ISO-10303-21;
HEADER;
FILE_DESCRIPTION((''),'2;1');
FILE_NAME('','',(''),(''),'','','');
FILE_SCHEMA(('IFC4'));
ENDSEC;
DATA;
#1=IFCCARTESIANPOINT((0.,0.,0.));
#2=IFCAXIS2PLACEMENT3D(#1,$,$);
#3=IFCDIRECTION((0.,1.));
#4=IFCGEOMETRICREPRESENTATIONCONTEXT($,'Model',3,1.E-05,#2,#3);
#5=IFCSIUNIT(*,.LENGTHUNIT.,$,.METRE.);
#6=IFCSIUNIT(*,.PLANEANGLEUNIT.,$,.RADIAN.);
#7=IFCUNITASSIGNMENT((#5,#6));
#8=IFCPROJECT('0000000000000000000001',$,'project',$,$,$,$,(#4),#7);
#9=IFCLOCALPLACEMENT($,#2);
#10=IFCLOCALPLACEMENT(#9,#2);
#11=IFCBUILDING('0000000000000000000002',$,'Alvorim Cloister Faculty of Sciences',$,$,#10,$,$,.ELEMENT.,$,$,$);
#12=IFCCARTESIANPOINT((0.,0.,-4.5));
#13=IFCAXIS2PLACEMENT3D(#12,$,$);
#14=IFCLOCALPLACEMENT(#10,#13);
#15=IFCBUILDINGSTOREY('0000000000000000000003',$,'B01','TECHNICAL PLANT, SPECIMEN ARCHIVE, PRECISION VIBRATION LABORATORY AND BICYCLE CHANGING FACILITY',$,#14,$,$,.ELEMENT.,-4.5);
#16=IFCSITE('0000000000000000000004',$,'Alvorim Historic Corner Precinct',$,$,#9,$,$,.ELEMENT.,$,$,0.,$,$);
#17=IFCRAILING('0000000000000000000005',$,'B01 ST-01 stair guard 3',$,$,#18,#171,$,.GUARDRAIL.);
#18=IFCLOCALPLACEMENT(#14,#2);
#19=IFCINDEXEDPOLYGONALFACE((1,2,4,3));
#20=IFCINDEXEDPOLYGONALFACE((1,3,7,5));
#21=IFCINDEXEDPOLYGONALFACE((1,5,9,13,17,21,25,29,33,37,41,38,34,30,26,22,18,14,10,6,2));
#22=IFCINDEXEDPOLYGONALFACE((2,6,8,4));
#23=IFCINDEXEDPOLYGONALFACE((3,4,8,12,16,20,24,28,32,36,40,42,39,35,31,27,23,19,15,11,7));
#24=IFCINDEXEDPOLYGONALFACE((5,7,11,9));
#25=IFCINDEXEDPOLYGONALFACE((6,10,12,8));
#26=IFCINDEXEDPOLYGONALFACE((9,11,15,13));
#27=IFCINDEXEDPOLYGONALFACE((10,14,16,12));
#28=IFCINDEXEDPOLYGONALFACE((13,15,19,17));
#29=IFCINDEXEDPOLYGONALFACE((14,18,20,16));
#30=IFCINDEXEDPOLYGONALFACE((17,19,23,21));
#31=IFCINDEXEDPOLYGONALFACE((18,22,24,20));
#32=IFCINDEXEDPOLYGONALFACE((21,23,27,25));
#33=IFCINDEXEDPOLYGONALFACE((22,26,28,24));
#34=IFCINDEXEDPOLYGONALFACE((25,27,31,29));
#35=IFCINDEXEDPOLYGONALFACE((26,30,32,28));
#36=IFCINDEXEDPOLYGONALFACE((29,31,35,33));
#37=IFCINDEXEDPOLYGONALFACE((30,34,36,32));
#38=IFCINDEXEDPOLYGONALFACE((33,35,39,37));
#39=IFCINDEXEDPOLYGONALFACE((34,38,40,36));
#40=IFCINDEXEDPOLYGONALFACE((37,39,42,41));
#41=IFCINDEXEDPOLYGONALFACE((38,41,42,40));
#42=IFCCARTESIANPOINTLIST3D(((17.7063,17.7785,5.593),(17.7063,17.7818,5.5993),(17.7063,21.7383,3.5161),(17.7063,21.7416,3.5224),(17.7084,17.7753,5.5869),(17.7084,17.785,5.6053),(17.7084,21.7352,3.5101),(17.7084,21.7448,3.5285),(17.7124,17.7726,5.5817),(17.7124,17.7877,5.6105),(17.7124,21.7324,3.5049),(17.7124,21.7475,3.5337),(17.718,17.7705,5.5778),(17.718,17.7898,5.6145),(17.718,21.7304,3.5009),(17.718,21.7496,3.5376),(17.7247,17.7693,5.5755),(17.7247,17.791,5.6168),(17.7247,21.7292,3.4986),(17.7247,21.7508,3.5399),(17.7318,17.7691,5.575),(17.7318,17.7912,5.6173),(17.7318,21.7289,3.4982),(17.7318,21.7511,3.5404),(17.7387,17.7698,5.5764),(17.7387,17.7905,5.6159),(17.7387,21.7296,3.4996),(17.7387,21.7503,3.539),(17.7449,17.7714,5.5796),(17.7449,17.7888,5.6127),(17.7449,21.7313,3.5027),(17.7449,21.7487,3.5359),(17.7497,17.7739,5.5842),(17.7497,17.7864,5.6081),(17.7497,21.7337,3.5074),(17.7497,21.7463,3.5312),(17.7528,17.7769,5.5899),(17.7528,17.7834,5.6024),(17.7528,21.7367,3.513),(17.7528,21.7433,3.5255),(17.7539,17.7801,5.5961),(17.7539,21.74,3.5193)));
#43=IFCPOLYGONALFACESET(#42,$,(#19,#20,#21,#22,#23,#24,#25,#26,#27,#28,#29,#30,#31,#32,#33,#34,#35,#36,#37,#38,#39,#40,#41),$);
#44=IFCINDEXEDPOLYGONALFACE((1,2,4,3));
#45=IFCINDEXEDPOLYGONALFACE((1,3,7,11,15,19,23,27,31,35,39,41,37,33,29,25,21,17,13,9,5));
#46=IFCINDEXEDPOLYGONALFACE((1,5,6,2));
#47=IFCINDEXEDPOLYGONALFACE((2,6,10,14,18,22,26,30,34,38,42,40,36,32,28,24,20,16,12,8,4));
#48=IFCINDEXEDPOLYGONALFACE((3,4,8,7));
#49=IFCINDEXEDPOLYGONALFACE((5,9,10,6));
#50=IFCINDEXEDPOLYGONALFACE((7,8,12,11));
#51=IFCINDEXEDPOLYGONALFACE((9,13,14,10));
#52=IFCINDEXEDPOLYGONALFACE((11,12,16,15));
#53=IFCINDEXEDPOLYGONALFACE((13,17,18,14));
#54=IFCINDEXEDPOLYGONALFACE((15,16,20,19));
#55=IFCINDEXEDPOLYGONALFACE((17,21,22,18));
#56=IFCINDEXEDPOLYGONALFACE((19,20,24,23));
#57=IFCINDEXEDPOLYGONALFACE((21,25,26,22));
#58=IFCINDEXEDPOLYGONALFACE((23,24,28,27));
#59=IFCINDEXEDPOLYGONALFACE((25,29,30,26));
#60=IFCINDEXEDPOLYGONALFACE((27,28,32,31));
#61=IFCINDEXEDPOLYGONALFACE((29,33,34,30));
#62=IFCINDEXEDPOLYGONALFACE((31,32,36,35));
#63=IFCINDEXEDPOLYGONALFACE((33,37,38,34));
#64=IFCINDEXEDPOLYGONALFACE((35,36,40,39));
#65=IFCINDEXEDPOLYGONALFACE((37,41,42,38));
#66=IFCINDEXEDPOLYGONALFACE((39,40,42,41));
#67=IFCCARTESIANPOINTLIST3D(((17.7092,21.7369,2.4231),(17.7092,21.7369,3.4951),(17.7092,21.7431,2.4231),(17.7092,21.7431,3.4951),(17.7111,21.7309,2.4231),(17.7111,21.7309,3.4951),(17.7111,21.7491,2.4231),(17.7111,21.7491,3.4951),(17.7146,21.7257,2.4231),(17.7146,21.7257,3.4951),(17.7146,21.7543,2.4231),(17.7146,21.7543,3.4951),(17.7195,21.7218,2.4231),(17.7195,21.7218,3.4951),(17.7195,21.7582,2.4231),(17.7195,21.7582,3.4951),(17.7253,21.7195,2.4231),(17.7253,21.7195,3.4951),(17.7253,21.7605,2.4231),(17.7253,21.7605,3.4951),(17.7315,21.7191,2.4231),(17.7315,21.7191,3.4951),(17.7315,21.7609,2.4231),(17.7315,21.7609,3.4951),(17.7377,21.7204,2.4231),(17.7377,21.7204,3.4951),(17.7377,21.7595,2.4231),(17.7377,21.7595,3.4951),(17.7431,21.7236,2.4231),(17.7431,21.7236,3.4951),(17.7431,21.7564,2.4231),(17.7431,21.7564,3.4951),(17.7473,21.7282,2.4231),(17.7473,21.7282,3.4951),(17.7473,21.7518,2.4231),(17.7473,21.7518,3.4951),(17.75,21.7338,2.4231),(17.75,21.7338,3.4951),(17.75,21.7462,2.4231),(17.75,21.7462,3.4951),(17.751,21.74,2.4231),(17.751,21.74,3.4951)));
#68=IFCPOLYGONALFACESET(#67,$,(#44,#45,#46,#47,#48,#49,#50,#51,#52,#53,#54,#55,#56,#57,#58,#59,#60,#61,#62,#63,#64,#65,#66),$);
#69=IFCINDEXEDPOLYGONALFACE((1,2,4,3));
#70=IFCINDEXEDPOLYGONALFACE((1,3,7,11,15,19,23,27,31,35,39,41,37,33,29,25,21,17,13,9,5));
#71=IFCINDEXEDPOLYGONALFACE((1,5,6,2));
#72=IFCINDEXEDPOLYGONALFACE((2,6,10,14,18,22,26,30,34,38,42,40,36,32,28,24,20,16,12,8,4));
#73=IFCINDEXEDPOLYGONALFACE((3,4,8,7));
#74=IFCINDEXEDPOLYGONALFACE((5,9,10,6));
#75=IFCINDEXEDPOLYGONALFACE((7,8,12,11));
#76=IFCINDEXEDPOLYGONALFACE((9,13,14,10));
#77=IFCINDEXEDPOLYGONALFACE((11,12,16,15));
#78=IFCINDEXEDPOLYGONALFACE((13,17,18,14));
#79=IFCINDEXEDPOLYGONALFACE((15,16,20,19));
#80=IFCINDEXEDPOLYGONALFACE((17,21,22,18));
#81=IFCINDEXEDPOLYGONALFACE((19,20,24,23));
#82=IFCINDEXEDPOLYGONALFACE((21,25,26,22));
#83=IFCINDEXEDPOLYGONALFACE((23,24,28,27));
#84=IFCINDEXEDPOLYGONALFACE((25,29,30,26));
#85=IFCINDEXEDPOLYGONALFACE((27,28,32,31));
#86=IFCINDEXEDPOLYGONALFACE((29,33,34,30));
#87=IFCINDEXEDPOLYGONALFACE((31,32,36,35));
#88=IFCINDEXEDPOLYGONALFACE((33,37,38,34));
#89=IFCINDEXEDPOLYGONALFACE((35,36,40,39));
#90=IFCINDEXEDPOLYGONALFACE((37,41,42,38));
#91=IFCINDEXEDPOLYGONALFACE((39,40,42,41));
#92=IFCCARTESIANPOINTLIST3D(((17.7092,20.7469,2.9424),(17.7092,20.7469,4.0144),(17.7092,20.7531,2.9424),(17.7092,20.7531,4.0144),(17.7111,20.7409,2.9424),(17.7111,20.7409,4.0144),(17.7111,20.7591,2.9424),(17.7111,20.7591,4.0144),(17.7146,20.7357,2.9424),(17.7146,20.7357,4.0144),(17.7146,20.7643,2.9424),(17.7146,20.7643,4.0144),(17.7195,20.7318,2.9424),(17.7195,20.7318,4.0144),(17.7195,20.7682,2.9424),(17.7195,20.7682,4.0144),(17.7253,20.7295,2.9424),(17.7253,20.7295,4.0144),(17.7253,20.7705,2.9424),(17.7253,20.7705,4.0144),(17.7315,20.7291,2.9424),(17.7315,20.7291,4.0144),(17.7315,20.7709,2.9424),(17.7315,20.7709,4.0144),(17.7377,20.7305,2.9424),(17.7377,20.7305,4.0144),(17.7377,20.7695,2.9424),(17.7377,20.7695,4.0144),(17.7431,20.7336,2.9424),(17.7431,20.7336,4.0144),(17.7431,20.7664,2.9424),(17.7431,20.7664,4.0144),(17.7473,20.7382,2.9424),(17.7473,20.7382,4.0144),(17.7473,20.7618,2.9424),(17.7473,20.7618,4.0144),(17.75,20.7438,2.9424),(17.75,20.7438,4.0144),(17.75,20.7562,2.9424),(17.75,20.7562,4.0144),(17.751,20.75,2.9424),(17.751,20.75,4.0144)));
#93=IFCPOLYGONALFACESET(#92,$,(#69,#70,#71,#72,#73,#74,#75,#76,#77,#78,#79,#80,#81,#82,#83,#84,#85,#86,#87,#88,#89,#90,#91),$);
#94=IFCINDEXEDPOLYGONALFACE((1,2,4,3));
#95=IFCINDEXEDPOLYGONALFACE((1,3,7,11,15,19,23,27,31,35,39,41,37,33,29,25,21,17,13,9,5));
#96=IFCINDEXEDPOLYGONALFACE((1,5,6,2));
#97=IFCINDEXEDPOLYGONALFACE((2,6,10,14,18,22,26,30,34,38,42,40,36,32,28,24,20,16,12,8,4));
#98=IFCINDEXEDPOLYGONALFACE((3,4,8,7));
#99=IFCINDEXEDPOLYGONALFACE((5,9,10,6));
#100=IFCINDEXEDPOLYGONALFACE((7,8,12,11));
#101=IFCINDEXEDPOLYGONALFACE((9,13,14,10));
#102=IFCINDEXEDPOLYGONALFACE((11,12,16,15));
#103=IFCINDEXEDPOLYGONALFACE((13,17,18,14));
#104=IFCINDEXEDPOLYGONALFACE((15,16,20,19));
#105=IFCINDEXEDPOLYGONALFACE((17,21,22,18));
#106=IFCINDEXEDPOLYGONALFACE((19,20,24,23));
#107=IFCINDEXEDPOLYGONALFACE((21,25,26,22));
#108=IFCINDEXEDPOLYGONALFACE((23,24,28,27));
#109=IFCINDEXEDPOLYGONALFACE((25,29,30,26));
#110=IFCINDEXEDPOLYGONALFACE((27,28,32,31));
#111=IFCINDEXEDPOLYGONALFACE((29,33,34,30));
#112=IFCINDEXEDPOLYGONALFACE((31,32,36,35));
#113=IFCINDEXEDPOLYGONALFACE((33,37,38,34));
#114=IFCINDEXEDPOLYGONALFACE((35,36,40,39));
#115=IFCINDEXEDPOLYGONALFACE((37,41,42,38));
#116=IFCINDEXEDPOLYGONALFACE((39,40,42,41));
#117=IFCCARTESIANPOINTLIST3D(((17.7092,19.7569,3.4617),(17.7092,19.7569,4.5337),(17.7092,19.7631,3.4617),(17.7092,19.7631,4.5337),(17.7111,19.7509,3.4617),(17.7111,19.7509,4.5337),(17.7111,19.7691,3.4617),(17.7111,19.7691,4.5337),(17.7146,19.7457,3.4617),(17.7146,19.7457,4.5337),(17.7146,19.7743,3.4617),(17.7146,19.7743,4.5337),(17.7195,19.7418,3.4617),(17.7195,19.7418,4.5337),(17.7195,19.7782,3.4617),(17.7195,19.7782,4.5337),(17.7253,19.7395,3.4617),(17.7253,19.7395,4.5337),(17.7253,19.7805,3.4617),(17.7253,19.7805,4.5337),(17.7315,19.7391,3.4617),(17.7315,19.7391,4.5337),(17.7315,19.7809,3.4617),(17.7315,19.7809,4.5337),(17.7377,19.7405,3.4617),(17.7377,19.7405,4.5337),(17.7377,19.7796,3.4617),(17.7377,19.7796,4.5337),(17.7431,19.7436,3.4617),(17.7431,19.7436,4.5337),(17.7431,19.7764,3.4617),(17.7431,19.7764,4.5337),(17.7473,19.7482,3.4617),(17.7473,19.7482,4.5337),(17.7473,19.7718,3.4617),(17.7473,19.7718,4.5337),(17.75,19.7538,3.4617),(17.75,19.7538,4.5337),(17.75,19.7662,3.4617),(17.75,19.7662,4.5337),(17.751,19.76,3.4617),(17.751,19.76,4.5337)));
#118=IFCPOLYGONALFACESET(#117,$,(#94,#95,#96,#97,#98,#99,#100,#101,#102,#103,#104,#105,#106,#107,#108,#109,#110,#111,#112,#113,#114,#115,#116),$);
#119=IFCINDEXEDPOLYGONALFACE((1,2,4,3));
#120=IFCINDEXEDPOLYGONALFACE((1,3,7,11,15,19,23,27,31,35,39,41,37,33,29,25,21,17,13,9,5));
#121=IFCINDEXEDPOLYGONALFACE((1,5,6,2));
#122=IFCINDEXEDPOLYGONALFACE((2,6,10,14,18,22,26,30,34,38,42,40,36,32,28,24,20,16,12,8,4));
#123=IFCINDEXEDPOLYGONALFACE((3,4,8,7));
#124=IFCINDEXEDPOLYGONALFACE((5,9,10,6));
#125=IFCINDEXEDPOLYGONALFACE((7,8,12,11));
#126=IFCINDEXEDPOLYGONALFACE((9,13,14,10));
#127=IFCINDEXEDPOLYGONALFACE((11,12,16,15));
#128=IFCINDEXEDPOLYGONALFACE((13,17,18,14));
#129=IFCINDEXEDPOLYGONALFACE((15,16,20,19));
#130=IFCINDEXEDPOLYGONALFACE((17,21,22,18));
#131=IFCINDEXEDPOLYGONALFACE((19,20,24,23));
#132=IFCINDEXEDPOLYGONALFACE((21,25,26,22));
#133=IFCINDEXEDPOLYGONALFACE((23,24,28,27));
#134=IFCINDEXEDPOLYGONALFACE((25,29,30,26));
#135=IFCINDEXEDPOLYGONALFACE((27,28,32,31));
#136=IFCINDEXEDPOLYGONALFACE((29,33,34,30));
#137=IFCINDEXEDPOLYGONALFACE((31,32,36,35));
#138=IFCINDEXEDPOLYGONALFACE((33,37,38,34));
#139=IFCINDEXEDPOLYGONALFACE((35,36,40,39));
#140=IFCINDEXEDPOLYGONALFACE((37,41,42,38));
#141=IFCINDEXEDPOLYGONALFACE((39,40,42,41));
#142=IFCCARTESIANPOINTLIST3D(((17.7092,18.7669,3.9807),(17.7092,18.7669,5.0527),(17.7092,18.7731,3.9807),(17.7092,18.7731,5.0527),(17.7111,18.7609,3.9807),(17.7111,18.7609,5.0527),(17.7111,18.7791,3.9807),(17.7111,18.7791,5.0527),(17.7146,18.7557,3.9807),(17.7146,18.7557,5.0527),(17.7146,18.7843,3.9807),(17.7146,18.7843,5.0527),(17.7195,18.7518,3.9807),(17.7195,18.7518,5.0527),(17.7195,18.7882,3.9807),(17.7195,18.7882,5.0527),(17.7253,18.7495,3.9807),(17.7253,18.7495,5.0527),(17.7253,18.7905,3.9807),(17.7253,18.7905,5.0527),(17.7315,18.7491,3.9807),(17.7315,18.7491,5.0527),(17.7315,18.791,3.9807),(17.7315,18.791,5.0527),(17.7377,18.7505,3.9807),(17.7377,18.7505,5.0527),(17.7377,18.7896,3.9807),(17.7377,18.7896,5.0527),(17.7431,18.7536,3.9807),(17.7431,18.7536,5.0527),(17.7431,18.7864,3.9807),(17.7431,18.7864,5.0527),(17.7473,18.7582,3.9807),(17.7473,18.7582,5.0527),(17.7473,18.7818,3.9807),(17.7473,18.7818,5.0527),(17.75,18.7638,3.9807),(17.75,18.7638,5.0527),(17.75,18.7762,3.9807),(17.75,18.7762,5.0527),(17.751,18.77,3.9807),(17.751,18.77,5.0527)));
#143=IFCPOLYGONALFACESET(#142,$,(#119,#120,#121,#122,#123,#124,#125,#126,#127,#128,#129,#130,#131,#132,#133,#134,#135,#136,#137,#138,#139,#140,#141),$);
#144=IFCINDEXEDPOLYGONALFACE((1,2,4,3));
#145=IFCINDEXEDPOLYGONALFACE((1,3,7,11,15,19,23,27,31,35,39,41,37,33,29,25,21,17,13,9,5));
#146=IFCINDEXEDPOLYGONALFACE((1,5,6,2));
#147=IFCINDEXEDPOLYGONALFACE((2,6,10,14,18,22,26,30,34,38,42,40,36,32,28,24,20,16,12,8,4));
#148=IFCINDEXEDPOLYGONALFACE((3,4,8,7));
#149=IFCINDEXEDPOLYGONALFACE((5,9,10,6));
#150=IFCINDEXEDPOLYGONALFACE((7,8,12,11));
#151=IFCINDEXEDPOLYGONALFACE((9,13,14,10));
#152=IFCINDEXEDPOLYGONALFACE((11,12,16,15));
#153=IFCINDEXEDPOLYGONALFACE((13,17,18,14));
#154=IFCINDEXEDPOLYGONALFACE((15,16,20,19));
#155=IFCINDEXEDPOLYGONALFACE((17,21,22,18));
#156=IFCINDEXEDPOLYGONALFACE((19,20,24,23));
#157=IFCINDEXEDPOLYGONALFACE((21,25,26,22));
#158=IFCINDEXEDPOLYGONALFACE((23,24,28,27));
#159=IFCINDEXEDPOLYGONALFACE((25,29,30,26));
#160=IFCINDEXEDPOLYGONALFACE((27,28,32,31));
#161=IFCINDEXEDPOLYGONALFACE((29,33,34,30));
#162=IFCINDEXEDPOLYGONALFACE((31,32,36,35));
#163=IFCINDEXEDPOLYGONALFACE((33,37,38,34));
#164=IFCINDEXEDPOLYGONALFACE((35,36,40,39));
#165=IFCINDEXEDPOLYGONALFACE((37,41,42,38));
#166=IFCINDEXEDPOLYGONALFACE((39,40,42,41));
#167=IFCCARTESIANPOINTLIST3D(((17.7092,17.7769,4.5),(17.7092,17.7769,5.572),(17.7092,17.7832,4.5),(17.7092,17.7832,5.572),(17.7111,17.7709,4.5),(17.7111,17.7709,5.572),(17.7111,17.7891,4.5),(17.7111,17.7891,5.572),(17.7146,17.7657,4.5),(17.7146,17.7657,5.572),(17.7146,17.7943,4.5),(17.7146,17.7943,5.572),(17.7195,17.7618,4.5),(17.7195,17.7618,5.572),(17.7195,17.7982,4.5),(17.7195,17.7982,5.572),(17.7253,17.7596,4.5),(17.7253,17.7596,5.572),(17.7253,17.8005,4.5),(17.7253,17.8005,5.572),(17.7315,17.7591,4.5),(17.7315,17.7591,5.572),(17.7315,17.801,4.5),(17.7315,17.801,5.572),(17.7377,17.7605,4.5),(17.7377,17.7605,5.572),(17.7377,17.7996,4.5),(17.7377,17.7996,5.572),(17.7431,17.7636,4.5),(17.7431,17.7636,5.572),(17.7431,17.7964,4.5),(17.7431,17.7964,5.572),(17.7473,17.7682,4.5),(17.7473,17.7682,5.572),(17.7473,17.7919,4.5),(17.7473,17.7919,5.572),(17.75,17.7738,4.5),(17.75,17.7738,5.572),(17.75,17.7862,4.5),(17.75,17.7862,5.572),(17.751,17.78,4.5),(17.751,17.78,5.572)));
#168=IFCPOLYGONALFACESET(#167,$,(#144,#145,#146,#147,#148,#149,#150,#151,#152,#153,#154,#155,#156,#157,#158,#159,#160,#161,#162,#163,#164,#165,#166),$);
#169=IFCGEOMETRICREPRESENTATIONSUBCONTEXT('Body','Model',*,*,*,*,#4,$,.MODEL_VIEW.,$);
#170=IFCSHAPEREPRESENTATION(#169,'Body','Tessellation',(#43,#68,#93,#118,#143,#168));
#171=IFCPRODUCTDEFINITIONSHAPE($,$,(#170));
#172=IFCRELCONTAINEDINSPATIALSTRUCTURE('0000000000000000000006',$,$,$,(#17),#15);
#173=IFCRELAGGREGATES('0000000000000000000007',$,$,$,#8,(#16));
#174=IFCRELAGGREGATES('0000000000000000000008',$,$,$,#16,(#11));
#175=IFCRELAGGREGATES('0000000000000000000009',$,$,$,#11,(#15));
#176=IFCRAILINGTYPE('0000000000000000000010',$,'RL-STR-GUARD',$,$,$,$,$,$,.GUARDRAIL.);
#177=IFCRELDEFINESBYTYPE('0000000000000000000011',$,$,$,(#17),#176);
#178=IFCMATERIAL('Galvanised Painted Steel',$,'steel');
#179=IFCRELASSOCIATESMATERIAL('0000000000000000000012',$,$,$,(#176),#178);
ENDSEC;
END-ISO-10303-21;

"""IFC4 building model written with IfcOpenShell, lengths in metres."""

from ifc_helpers import new_model, si_unit, direction, frame, origin, origin_2d, place, context, subcontext, project, spatial, circle, extrude, material, type_object, element, save


model = new_model("IFC4")

# Units and contexts
model_context = context("Model", 3, precision=1e-05, world=origin(), true_north=direction((0.0, 1.0)))
body_context = subcontext(model_context, "Body", "Model", "MODEL_VIEW")
ifc_project = project(units=[si_unit("LENGTHUNIT", "METRE"), si_unit("PLANEANGLEUNIT", "RADIAN")], contexts=[model_context])

# Site, building, storey
site_placement = place(None, origin())
site = spatial("IfcSite", under=ifc_project, at=site_placement, Name="Alvorim Historic Corner Precinct", CompositionType="ELEMENT", RefElevation=0.0)
building_placement = place(site_placement, origin())
building = spatial("IfcBuilding", under=site, at=building_placement, Name="Alvorim Cloister Faculty of Sciences", CompositionType="ELEMENT")
storey_placement = place(building_placement, frame((0.0, 0.0, -4.5)))
storey = spatial("IfcBuildingStorey", under=building, at=storey_placement, Name="B01", Description="TECHNICAL PLANT, SPECIMEN ARCHIVE, PRECISION VIBRATION LABORATORY AND BICYCLE CHANGING FACILITY", CompositionType="ELEMENT", Elevation=-4.5)

# Railing
ifc_material_1 = material(Name="Galvanised Painted Steel", Category="steel")
railing_type_1 = type_object("IfcRailingType", Name="RL-STR-GUARD", PredefinedType="GUARDRAIL", material=ifc_material_1)
railing_1_placement = place(storey_placement, frame((17.73, 21.74, 2.4231)))
element("IfcRailing", 1, at=railing_1_placement, inside=storey, type_object=railing_type_1, Name="B01 ST-01 stair guard 3", PredefinedType="GUARDRAIL", context=body_context, shape_type="SweptSolid", body=[
    extrude(circle(Radius=0.0239, at=origin_2d()), frame((0.0, 0.0, 1.0962), z_axis=(0.0, -0.885589, 0.46447), x_axis=(1.0, 0.0, 0.0)), (0.0, 0.0, 1.0), 4.4714),
    extrude(circle(Radius=0.021, at=origin_2d()), origin(), (0.0, 0.0, 1.0), 1.072),
    extrude(circle(Radius=0.021, at=origin_2d()), frame((0.0, -0.99, 0.5193)), (0.0, 0.0, 1.0), 1.072),
    extrude(circle(Radius=0.021, at=origin_2d()), frame((0.0, -1.98, 1.0386)), (0.0, 0.0, 1.0), 1.072),
    extrude(circle(Radius=0.021, at=origin_2d()), frame((0.0, -2.97, 1.5576)), (0.0, 0.0, 1.0), 1.072),
    extrude(circle(Radius=0.021, at=origin_2d()), frame((0.0, -3.96, 2.0769)), (0.0, 0.0, 1.0), 1.072),
])

save(model, "model.ifc")
